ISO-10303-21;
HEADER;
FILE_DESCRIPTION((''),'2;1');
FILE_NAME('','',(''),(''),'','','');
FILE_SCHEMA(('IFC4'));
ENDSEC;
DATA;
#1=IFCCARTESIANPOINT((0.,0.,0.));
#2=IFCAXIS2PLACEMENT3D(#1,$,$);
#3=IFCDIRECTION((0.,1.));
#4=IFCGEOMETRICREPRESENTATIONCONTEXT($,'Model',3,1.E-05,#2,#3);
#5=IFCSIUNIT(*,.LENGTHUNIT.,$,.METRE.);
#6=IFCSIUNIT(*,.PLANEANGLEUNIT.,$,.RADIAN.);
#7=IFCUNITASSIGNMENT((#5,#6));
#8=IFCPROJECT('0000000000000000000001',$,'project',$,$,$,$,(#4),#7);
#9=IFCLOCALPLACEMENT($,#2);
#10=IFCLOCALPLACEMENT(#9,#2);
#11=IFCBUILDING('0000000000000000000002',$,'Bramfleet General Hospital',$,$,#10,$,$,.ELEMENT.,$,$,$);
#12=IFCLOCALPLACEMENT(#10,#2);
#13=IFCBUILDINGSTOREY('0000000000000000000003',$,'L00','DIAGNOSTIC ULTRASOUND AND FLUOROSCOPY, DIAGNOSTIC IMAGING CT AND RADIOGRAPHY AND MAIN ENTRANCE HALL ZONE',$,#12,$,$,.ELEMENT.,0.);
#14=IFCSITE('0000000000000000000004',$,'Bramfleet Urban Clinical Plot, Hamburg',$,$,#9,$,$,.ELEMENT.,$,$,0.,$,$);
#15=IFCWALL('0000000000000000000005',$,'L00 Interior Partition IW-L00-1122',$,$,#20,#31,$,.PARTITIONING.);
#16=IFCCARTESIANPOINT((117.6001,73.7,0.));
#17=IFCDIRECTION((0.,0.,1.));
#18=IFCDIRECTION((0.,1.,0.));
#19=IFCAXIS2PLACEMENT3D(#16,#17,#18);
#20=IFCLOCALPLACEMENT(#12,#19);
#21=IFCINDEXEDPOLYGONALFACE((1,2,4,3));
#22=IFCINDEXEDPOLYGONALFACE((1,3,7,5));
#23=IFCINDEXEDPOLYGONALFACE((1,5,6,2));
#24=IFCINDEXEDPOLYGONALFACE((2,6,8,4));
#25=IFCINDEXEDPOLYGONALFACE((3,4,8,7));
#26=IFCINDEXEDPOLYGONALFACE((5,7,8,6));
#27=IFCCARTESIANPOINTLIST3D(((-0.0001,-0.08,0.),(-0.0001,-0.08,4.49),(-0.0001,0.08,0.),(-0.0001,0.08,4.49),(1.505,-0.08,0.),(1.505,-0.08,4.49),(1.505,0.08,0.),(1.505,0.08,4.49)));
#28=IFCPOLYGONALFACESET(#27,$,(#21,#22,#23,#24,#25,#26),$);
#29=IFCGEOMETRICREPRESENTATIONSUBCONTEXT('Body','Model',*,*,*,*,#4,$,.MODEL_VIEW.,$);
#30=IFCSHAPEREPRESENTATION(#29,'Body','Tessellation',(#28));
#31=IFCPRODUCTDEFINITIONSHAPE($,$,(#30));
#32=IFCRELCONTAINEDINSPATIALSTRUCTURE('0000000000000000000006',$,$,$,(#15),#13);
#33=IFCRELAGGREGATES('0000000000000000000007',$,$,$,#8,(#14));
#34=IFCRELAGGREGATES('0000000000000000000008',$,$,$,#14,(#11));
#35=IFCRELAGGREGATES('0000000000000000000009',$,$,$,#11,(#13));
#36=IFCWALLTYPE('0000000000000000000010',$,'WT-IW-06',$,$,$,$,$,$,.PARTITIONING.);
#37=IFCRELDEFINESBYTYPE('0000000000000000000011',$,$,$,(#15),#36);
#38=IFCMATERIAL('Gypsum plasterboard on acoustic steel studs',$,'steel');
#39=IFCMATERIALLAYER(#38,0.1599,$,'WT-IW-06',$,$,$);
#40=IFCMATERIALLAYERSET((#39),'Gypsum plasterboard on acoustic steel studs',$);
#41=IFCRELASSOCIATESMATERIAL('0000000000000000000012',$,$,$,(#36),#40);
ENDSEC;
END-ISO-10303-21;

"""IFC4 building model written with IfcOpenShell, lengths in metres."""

from ifc_helpers import new_model, si_unit, direction, frame, frame_2d, origin, place, context, subcontext, project, spatial, rectangle, extrude, material, layer, layer_set, type_object, element, save


model = new_model("IFC4")

# Units and contexts
model_context = context("Model", 3, precision=1e-05, world=origin(), true_north=direction((0.0, 1.0)))
body_context = subcontext(model_context, "Body", "Model", "MODEL_VIEW")
ifc_project = project(units=[si_unit("LENGTHUNIT", "METRE"), si_unit("PLANEANGLEUNIT", "RADIAN")], contexts=[model_context])

# Site, building, storey
site_placement = place(None, origin())
site = spatial("IfcSite", under=ifc_project, at=site_placement, Name="Bramfleet Urban Clinical Plot, Hamburg", CompositionType="ELEMENT", RefElevation=0.0)
building_placement = place(site_placement, origin())
building = spatial("IfcBuilding", under=site, at=building_placement, Name="Bramfleet General Hospital", CompositionType="ELEMENT")
storey_placement = place(building_placement, origin())
storey = spatial("IfcBuildingStorey", under=building, at=storey_placement, Name="L00", Description="DIAGNOSTIC ULTRASOUND AND FLUOROSCOPY, DIAGNOSTIC IMAGING CT AND RADIOGRAPHY AND MAIN ENTRANCE HALL ZONE", CompositionType="ELEMENT", Elevation=0.0)

# Shared definitions
ifc_material_1 = material(Name="Gypsum plasterboard on acoustic steel studs", Category="steel")

# Wall
ifc_layer_1 = layer(ifc_material_1, 0.1599, Name="WT-IW-06")
ifc_layer_set_1 = layer_set([ifc_layer_1], Name="Gypsum plasterboard on acoustic steel studs")
wall_type_1 = type_object("IfcWallType", Name="WT-IW-06", PredefinedType="PARTITIONING", material=ifc_layer_set_1)
wall_1_placement = place(storey_placement, frame((117.6001, 73.7, 0.0), z_axis=(0.0, 0.0, 1.0), x_axis=(0.0, 1.0, 0.0)))
element("IfcWall", 1, at=wall_1_placement, inside=storey, type_object=wall_type_1, Name="L00 Interior Partition IW-L00-1122", PredefinedType="PARTITIONING", context=body_context, shape_type="SweptSolid", body=[
    extrude(rectangle(XDim=1.5051, YDim=0.1599, at=frame_2d((0.7524, 0.0))), origin(), (0.0, 0.0, 1.0), 4.49),
])

save(model, "model.ifc")
